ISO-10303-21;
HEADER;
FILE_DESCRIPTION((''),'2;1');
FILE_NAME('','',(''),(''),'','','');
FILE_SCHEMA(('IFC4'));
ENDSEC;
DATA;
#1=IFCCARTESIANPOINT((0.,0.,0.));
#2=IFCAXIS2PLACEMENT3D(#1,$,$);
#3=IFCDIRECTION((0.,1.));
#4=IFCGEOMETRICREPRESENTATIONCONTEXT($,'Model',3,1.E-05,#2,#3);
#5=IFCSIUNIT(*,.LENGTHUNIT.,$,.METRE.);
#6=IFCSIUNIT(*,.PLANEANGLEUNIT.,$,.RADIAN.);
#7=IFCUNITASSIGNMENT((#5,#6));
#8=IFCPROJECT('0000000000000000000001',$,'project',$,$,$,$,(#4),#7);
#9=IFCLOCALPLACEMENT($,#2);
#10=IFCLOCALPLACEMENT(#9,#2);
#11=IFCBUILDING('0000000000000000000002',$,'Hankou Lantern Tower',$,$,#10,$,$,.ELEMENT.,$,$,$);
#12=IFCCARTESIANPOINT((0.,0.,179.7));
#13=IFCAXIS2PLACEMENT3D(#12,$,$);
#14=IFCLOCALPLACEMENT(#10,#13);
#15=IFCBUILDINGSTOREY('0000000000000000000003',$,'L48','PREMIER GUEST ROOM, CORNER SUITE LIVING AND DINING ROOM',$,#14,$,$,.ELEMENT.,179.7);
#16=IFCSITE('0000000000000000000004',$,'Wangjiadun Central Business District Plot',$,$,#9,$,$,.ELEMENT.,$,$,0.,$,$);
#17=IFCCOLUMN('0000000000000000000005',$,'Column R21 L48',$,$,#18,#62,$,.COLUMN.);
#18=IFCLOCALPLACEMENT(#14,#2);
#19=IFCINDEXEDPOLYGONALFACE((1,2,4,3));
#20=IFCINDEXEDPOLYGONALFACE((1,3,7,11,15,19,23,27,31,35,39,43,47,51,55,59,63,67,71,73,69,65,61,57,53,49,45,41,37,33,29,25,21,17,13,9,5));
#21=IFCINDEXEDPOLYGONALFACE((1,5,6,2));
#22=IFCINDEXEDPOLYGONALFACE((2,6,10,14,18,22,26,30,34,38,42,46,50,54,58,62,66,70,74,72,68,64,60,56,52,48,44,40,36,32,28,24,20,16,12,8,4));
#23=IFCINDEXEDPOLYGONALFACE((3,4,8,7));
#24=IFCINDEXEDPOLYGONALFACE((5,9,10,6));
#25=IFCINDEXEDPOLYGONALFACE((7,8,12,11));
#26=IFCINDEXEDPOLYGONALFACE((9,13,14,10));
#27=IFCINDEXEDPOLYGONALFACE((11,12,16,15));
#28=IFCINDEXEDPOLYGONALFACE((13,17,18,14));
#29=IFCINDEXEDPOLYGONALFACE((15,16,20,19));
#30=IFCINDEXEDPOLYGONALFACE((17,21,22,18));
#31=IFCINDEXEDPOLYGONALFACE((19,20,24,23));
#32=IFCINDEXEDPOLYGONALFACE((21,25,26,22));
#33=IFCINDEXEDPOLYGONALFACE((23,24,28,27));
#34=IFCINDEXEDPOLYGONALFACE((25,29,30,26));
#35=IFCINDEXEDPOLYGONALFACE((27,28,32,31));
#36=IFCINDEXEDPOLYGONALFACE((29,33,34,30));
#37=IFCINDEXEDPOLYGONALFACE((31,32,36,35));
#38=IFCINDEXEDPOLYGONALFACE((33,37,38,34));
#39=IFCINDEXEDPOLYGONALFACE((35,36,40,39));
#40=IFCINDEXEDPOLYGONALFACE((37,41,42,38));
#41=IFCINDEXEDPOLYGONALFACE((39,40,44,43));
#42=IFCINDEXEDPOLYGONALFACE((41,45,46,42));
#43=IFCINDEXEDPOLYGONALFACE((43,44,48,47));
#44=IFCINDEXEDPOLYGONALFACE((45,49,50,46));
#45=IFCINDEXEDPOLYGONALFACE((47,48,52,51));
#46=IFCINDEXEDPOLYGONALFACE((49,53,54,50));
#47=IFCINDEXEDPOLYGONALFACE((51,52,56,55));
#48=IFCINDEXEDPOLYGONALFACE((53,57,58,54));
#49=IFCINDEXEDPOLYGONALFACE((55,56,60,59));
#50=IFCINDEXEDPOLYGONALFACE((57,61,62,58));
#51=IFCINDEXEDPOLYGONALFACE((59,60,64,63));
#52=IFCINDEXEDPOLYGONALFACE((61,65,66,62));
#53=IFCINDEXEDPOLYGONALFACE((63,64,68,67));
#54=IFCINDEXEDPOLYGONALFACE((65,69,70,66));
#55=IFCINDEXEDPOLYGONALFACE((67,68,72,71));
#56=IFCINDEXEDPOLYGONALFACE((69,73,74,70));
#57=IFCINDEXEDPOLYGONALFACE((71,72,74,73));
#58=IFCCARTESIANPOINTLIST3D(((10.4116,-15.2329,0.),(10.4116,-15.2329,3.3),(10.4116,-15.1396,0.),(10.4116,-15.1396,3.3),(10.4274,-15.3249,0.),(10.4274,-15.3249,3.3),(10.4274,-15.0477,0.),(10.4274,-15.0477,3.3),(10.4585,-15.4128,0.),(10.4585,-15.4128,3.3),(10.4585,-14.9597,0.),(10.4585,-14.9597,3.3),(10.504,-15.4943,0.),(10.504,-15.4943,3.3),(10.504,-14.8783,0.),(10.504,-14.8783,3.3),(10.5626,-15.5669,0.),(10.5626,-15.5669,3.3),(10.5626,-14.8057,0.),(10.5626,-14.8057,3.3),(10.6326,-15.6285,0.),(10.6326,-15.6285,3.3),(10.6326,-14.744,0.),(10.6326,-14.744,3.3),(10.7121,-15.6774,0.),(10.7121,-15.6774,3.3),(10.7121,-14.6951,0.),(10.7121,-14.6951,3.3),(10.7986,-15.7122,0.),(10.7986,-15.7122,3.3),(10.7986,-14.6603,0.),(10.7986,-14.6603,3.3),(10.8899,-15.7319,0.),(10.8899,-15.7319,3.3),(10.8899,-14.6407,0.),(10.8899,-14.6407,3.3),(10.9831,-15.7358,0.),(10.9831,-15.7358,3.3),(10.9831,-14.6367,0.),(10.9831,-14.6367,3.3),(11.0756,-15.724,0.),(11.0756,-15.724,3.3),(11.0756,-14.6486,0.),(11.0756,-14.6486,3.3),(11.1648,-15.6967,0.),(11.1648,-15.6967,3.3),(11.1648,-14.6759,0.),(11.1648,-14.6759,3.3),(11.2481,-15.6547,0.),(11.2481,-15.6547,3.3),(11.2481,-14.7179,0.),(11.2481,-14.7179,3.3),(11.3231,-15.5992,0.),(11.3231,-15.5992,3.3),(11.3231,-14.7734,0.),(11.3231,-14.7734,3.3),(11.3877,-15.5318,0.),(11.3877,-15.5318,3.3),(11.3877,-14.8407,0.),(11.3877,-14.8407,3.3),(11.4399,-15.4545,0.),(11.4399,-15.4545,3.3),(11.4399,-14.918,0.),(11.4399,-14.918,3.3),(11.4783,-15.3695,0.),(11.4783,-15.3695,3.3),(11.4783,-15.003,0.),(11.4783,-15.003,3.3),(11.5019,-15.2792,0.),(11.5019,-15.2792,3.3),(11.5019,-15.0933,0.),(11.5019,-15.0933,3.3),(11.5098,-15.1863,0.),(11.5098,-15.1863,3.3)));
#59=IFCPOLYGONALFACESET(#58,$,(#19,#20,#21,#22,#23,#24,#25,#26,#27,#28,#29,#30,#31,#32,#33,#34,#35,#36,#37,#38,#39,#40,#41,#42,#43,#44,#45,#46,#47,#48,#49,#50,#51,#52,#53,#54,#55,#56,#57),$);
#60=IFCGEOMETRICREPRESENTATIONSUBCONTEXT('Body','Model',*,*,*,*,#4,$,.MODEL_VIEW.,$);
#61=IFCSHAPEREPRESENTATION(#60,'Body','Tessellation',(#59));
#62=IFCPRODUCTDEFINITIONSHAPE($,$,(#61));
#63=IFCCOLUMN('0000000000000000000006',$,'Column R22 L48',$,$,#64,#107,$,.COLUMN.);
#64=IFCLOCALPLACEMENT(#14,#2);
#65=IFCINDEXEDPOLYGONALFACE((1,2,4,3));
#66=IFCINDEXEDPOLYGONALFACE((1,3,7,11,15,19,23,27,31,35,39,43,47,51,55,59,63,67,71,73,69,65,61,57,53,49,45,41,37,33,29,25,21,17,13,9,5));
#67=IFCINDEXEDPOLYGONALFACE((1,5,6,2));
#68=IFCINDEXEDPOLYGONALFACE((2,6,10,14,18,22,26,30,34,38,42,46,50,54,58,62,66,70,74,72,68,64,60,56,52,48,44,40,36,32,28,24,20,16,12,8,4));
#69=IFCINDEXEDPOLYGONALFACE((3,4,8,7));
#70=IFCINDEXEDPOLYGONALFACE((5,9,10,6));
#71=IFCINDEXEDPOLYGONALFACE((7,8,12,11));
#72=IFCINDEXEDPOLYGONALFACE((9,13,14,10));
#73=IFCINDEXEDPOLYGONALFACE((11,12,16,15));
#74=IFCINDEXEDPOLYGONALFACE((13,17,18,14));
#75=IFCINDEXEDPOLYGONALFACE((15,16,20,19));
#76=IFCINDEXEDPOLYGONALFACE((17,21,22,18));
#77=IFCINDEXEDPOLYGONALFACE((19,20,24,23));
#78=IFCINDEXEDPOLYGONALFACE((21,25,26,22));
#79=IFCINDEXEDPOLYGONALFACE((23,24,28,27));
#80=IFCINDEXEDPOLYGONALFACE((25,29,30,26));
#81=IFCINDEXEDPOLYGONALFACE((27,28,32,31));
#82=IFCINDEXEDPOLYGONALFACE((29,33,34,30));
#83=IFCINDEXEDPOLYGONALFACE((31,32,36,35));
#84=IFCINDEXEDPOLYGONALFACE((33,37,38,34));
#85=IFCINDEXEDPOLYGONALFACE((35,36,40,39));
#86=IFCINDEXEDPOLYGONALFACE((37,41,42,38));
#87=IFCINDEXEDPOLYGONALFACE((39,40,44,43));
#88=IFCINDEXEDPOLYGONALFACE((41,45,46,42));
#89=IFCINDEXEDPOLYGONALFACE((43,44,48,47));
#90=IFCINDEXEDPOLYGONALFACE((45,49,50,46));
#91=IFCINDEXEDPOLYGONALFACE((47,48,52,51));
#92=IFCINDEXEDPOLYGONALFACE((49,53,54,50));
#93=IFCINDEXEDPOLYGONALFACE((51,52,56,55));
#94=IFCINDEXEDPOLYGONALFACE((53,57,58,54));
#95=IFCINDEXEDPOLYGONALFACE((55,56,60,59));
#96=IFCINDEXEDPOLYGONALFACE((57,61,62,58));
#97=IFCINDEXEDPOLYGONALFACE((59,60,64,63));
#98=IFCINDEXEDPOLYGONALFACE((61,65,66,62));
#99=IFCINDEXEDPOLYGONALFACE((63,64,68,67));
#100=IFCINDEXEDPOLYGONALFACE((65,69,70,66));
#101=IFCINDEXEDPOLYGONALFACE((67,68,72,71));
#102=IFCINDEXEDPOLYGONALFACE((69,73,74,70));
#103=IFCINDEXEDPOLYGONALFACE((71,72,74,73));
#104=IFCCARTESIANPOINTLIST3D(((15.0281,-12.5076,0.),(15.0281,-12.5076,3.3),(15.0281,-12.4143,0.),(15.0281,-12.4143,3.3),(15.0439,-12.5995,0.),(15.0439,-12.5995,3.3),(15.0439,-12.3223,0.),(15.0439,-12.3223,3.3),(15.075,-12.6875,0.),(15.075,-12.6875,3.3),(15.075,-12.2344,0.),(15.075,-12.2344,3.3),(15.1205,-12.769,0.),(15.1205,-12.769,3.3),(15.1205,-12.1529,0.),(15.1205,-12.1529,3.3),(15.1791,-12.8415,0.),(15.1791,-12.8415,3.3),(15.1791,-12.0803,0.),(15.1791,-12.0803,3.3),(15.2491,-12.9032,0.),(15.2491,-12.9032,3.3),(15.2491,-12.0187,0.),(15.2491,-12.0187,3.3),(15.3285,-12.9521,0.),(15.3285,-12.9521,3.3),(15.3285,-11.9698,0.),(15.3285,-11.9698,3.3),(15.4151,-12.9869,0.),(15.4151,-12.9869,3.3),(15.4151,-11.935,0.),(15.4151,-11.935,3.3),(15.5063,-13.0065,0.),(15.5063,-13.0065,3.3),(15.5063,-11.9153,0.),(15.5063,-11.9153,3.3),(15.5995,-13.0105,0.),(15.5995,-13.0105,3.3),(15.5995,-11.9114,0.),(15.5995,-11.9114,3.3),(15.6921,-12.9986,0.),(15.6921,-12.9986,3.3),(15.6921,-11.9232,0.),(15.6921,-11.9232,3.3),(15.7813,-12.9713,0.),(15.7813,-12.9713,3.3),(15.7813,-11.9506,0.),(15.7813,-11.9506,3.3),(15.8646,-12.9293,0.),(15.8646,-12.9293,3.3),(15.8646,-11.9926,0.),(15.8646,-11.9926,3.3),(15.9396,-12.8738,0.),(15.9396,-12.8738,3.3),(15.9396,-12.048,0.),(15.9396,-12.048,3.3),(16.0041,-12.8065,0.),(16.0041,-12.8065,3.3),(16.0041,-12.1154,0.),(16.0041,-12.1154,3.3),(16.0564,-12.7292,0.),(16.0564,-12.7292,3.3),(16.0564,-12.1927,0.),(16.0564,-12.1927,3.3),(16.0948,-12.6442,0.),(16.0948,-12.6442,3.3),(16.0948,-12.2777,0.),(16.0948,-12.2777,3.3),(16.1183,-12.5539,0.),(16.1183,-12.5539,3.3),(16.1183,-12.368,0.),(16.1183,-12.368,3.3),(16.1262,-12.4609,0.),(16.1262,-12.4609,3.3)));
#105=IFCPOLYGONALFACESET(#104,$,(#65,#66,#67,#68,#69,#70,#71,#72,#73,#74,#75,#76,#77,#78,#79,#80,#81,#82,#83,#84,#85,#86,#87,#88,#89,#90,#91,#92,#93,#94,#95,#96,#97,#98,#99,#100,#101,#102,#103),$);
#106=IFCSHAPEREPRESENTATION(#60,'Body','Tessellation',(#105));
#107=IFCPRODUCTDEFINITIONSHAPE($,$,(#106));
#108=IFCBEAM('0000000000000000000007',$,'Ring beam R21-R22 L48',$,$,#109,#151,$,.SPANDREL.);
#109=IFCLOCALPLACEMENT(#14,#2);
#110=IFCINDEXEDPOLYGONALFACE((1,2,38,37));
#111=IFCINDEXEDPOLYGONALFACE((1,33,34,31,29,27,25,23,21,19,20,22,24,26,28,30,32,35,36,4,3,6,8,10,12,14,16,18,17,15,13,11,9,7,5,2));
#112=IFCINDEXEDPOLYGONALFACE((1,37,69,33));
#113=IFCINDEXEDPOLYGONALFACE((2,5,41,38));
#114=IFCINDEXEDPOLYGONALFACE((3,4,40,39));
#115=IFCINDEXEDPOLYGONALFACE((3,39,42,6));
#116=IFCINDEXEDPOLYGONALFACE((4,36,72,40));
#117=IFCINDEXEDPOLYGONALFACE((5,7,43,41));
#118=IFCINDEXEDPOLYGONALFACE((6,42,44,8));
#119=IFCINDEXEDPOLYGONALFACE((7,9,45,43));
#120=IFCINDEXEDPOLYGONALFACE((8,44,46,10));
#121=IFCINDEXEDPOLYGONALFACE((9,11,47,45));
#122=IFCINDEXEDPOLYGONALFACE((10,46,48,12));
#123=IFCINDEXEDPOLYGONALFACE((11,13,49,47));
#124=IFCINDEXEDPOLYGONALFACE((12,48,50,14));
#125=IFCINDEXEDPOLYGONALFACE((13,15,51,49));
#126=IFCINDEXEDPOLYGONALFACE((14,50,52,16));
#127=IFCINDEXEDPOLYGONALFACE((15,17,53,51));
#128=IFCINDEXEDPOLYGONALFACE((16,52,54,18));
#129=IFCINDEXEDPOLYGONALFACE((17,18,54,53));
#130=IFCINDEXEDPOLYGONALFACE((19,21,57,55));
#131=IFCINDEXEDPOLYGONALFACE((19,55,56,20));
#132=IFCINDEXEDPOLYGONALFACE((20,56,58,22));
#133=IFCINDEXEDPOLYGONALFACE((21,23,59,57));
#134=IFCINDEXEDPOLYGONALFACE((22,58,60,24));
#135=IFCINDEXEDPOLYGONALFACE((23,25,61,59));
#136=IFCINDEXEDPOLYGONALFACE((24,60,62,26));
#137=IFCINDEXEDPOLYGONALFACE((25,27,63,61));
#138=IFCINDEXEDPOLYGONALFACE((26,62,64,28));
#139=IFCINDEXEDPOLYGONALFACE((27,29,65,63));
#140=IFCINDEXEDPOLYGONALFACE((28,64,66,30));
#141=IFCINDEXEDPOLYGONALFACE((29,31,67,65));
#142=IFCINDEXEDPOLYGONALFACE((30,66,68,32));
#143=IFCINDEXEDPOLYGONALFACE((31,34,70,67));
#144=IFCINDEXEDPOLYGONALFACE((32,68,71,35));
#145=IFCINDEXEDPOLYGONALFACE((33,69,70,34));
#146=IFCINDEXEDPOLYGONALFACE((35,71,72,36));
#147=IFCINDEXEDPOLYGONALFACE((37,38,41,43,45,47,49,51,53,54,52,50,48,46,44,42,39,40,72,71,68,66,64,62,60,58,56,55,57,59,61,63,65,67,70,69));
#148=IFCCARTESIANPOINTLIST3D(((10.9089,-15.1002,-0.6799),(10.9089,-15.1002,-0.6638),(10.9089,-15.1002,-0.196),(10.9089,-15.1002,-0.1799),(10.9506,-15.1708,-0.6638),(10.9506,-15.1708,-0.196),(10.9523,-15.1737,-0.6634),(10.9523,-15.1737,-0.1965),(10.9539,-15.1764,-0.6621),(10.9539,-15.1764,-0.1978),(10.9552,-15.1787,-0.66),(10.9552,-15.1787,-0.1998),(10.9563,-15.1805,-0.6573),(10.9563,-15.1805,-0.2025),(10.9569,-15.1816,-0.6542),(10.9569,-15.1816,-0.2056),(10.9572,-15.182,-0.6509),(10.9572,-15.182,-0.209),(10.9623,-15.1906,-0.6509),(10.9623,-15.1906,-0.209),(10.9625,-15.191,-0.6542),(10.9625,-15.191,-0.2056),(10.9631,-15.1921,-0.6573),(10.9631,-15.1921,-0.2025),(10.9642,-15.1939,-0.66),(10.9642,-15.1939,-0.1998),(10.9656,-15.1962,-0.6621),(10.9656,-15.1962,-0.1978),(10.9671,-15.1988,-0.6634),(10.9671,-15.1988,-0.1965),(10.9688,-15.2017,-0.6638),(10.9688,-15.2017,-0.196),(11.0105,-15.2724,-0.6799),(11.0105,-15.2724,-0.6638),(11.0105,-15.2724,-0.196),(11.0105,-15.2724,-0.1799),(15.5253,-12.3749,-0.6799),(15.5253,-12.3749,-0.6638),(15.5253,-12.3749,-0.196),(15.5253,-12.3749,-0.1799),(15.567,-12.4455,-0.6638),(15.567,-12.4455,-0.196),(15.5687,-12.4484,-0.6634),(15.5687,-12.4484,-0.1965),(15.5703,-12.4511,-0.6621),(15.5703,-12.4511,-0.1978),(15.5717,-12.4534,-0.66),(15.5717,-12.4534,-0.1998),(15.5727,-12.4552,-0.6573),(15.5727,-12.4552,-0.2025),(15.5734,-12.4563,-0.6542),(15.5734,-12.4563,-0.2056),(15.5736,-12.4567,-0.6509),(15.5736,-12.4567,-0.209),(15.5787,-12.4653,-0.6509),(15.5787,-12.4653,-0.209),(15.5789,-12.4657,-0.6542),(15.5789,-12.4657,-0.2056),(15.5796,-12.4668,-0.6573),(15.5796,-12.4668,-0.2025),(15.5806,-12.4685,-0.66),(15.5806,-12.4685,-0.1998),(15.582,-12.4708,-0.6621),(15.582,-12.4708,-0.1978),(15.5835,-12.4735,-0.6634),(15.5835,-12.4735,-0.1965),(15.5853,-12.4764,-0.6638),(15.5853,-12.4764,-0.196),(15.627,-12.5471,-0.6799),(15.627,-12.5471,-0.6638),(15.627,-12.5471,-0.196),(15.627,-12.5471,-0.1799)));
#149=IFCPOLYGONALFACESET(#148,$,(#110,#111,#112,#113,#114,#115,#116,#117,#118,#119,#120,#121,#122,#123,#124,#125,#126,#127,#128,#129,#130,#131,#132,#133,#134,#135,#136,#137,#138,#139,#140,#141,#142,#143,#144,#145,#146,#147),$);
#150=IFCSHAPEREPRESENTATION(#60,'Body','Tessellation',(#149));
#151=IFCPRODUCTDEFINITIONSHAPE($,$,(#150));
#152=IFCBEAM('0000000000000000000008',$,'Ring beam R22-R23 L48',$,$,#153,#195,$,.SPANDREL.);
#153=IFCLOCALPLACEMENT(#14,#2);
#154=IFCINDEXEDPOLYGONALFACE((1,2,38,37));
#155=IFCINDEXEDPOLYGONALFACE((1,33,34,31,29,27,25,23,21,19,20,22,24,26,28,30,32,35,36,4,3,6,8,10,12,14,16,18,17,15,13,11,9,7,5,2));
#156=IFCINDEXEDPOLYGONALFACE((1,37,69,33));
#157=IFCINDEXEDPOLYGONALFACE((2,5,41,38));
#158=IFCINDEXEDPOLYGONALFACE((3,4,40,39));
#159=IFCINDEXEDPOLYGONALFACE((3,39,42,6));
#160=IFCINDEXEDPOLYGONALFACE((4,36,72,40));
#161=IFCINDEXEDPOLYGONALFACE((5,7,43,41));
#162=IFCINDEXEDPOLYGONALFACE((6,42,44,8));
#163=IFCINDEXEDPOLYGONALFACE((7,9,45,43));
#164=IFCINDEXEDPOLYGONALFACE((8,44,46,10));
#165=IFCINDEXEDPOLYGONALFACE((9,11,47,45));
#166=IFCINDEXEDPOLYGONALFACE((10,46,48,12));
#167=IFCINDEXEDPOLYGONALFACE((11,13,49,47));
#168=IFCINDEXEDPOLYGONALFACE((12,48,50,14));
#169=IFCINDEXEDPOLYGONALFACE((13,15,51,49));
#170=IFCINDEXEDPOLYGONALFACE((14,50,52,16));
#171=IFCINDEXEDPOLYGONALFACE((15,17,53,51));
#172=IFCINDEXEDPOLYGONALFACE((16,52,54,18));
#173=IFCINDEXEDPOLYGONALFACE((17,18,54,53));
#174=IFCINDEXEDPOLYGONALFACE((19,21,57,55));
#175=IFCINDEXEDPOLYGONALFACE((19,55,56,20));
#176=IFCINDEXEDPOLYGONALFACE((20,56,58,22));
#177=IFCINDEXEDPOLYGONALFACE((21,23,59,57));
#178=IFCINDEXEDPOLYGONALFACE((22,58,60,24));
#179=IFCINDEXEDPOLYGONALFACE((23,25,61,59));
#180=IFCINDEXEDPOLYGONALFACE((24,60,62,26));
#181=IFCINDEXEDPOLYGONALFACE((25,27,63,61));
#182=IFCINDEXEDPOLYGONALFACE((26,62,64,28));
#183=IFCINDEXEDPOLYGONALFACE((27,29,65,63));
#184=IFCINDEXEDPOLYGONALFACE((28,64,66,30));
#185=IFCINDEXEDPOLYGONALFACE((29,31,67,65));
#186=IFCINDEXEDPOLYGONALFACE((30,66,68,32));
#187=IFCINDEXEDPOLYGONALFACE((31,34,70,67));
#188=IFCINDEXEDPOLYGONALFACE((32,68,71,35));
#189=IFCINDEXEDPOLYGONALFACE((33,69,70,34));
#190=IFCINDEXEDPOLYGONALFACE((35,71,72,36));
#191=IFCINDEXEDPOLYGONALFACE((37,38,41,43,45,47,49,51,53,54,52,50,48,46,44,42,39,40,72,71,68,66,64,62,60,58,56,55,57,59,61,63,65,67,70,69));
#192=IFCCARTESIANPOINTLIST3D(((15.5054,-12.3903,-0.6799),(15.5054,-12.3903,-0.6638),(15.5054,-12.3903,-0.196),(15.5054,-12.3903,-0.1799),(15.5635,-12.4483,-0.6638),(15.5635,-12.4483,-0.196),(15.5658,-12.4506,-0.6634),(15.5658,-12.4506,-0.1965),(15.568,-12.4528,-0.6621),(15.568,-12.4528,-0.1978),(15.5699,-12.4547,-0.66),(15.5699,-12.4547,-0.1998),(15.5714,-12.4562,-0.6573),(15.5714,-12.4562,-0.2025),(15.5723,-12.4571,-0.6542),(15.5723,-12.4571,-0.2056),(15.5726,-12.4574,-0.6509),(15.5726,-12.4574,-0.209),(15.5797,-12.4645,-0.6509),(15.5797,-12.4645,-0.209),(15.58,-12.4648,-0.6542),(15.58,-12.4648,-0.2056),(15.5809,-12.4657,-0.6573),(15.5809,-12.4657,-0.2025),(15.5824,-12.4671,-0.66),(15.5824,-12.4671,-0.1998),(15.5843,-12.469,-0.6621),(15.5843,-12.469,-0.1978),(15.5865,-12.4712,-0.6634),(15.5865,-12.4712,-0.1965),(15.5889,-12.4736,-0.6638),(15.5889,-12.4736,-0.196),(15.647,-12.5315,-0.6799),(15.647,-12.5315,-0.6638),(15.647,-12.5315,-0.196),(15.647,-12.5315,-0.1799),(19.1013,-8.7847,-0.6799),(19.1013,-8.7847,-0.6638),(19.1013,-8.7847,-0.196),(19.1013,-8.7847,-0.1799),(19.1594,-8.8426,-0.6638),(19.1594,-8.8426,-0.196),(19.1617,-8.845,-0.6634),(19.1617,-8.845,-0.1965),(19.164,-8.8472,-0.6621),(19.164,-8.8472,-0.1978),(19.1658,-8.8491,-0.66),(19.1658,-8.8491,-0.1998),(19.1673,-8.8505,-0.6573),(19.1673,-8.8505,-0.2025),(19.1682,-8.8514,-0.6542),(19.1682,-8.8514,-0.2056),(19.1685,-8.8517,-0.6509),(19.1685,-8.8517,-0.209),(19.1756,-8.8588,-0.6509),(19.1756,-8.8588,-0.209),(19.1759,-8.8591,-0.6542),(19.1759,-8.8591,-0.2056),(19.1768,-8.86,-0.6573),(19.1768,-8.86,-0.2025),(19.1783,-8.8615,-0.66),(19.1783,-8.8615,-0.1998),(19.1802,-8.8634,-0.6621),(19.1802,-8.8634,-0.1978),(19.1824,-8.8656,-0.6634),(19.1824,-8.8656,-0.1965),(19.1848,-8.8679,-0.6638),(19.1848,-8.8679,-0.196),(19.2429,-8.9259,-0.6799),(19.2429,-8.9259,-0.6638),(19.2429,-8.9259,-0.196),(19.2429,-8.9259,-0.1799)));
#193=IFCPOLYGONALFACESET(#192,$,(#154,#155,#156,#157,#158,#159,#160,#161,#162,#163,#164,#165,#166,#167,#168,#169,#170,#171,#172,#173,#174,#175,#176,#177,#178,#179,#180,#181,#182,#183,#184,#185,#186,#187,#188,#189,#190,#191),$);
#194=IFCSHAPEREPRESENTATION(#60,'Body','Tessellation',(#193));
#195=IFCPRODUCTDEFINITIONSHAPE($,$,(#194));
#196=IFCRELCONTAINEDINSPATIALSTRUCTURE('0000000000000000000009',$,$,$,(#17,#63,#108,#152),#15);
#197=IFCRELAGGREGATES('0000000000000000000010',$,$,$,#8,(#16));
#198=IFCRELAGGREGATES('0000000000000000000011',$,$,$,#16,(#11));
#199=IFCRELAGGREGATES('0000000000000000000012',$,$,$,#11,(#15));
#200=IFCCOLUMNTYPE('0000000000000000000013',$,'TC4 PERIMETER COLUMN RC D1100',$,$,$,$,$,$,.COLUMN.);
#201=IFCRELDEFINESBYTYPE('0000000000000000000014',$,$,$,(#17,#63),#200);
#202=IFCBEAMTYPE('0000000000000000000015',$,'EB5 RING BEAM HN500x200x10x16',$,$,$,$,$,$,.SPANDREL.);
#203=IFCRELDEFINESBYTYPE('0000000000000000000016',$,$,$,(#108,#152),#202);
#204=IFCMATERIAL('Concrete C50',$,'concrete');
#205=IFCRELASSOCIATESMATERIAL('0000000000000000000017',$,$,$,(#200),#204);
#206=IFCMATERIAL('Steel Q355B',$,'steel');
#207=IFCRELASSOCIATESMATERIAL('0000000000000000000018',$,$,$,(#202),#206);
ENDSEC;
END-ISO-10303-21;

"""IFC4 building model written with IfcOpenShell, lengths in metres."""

from ifc_helpers import new_model, si_unit, direction, frame, origin, origin_2d, place, context, subcontext, project, spatial, circle, i_section, extrude, material, material_profile, profile_set, type_object, element, save


model = new_model("IFC4")

# Units and contexts
model_context = context("Model", 3, precision=1e-05, world=origin(), true_north=direction((0.0, 1.0)))
body_context = subcontext(model_context, "Body", "Model", "MODEL_VIEW")
ifc_project = project(units=[si_unit("LENGTHUNIT", "METRE"), si_unit("PLANEANGLEUNIT", "RADIAN")], contexts=[model_context])

# Site, building, storey
site_placement = place(None, origin())
site = spatial("IfcSite", under=ifc_project, at=site_placement, Name="Wangjiadun Central Business District Plot", CompositionType="ELEMENT", RefElevation=0.0)
building_placement = place(site_placement, origin())
building = spatial("IfcBuilding", under=site, at=building_placement, Name="Hankou Lantern Tower", CompositionType="ELEMENT")
storey_placement = place(building_placement, frame((0.0, 0.0, 179.7)))
storey = spatial("IfcBuildingStorey", under=building, at=storey_placement, Name="L48", Description="PREMIER GUEST ROOM, CORNER SUITE LIVING AND DINING ROOM", CompositionType="ELEMENT", Elevation=179.7)

# Columns
ifc_material_1 = material(Name="Concrete C50", Category="concrete")
ifc_material_profile_1 = material_profile(ifc_material_1, circle(Radius=0.55, at=origin_2d()), Name="RC D1100")
ifc_profile_set_1 = profile_set([ifc_material_profile_1], Name="Concrete C50")
column_type = type_object("IfcColumnType", Name="TC4 PERIMETER COLUMN RC D1100", PredefinedType="COLUMN", material=ifc_profile_set_1)
for number, where, z_axis, x_axis, name in (
    (1, (10.9597, -15.1863, 0.0), (0.0, 0.0, 1.0), (1.0, 0.0, 0.0), "Column R21 L48"),
    (2, (15.5762, -12.4609, 0.0), (0.0, 0.0, 1.0), (1.0, 0.0, 0.0), "Column R22 L48"),
):
    element("IfcColumn", number, at=place(storey_placement, frame(where, z_axis=z_axis, x_axis=x_axis)), inside=storey, type_object=column_type, Name=name, PredefinedType="COLUMN", context=body_context, shape_type="SweptSolid", body=[
        extrude(circle(Radius=0.55, at=origin_2d()), origin(), (0.0, 0.0, 1.0), 3.3),
    ])

# Beams
ifc_material_2 = material(Name="Steel Q355B", Category="steel")
ifc_material_profile_2 = material_profile(ifc_material_2, i_section(OverallWidth=0.2, OverallDepth=0.5, WebThickness=0.01, FlangeThickness=0.0161, FilletRadius=0.0129, at=origin_2d()), Name="HN500x200x10x16")
ifc_profile_set_2 = profile_set([ifc_material_profile_2], Name="Steel Q355B")
beam_type_1 = type_object("IfcBeamType", Name="EB5 RING BEAM HN500x200x10x16", PredefinedType="SPANDREL", material=ifc_profile_set_2)
beam_1_placement = place(storey_placement, frame((10.9597, -15.1863, -0.4299), z_axis=(0.861136, 0.508375, 0.0), x_axis=(-0.508375, 0.861136, 0.0)))
element("IfcBeam", 3, at=beam_1_placement, inside=storey, type_object=beam_type_1, Name="Ring beam R21-R22 L48", PredefinedType="SPANDREL", context=body_context, shape_type="SweptSolid", body=[
    extrude(i_section(OverallWidth=0.2, OverallDepth=0.5, WebThickness=0.01, FlangeThickness=0.0161, FilletRadius=0.0129, at=origin_2d()), origin(), (0.0, 0.0, 1.0), 5.3608),
])
beam_2_placement = place(storey_placement, frame((15.5762, -12.4609, -0.4299), z_axis=(0.706147, 0.708065, 0.0), x_axis=(-0.708065, 0.706147, 0.0)))
element("IfcBeam", 4, at=beam_2_placement, inside=storey, type_object=beam_type_1, Name="Ring beam R22-R23 L48", PredefinedType="SPANDREL", context=body_context, shape_type="SweptSolid", body=[
    extrude(i_section(OverallWidth=0.2, OverallDepth=0.5, WebThickness=0.01, FlangeThickness=0.0161, FilletRadius=0.0129, at=origin_2d()), origin(), (0.0, 0.0, 1.0), 5.0923),
])

save(model, "model.ifc")
